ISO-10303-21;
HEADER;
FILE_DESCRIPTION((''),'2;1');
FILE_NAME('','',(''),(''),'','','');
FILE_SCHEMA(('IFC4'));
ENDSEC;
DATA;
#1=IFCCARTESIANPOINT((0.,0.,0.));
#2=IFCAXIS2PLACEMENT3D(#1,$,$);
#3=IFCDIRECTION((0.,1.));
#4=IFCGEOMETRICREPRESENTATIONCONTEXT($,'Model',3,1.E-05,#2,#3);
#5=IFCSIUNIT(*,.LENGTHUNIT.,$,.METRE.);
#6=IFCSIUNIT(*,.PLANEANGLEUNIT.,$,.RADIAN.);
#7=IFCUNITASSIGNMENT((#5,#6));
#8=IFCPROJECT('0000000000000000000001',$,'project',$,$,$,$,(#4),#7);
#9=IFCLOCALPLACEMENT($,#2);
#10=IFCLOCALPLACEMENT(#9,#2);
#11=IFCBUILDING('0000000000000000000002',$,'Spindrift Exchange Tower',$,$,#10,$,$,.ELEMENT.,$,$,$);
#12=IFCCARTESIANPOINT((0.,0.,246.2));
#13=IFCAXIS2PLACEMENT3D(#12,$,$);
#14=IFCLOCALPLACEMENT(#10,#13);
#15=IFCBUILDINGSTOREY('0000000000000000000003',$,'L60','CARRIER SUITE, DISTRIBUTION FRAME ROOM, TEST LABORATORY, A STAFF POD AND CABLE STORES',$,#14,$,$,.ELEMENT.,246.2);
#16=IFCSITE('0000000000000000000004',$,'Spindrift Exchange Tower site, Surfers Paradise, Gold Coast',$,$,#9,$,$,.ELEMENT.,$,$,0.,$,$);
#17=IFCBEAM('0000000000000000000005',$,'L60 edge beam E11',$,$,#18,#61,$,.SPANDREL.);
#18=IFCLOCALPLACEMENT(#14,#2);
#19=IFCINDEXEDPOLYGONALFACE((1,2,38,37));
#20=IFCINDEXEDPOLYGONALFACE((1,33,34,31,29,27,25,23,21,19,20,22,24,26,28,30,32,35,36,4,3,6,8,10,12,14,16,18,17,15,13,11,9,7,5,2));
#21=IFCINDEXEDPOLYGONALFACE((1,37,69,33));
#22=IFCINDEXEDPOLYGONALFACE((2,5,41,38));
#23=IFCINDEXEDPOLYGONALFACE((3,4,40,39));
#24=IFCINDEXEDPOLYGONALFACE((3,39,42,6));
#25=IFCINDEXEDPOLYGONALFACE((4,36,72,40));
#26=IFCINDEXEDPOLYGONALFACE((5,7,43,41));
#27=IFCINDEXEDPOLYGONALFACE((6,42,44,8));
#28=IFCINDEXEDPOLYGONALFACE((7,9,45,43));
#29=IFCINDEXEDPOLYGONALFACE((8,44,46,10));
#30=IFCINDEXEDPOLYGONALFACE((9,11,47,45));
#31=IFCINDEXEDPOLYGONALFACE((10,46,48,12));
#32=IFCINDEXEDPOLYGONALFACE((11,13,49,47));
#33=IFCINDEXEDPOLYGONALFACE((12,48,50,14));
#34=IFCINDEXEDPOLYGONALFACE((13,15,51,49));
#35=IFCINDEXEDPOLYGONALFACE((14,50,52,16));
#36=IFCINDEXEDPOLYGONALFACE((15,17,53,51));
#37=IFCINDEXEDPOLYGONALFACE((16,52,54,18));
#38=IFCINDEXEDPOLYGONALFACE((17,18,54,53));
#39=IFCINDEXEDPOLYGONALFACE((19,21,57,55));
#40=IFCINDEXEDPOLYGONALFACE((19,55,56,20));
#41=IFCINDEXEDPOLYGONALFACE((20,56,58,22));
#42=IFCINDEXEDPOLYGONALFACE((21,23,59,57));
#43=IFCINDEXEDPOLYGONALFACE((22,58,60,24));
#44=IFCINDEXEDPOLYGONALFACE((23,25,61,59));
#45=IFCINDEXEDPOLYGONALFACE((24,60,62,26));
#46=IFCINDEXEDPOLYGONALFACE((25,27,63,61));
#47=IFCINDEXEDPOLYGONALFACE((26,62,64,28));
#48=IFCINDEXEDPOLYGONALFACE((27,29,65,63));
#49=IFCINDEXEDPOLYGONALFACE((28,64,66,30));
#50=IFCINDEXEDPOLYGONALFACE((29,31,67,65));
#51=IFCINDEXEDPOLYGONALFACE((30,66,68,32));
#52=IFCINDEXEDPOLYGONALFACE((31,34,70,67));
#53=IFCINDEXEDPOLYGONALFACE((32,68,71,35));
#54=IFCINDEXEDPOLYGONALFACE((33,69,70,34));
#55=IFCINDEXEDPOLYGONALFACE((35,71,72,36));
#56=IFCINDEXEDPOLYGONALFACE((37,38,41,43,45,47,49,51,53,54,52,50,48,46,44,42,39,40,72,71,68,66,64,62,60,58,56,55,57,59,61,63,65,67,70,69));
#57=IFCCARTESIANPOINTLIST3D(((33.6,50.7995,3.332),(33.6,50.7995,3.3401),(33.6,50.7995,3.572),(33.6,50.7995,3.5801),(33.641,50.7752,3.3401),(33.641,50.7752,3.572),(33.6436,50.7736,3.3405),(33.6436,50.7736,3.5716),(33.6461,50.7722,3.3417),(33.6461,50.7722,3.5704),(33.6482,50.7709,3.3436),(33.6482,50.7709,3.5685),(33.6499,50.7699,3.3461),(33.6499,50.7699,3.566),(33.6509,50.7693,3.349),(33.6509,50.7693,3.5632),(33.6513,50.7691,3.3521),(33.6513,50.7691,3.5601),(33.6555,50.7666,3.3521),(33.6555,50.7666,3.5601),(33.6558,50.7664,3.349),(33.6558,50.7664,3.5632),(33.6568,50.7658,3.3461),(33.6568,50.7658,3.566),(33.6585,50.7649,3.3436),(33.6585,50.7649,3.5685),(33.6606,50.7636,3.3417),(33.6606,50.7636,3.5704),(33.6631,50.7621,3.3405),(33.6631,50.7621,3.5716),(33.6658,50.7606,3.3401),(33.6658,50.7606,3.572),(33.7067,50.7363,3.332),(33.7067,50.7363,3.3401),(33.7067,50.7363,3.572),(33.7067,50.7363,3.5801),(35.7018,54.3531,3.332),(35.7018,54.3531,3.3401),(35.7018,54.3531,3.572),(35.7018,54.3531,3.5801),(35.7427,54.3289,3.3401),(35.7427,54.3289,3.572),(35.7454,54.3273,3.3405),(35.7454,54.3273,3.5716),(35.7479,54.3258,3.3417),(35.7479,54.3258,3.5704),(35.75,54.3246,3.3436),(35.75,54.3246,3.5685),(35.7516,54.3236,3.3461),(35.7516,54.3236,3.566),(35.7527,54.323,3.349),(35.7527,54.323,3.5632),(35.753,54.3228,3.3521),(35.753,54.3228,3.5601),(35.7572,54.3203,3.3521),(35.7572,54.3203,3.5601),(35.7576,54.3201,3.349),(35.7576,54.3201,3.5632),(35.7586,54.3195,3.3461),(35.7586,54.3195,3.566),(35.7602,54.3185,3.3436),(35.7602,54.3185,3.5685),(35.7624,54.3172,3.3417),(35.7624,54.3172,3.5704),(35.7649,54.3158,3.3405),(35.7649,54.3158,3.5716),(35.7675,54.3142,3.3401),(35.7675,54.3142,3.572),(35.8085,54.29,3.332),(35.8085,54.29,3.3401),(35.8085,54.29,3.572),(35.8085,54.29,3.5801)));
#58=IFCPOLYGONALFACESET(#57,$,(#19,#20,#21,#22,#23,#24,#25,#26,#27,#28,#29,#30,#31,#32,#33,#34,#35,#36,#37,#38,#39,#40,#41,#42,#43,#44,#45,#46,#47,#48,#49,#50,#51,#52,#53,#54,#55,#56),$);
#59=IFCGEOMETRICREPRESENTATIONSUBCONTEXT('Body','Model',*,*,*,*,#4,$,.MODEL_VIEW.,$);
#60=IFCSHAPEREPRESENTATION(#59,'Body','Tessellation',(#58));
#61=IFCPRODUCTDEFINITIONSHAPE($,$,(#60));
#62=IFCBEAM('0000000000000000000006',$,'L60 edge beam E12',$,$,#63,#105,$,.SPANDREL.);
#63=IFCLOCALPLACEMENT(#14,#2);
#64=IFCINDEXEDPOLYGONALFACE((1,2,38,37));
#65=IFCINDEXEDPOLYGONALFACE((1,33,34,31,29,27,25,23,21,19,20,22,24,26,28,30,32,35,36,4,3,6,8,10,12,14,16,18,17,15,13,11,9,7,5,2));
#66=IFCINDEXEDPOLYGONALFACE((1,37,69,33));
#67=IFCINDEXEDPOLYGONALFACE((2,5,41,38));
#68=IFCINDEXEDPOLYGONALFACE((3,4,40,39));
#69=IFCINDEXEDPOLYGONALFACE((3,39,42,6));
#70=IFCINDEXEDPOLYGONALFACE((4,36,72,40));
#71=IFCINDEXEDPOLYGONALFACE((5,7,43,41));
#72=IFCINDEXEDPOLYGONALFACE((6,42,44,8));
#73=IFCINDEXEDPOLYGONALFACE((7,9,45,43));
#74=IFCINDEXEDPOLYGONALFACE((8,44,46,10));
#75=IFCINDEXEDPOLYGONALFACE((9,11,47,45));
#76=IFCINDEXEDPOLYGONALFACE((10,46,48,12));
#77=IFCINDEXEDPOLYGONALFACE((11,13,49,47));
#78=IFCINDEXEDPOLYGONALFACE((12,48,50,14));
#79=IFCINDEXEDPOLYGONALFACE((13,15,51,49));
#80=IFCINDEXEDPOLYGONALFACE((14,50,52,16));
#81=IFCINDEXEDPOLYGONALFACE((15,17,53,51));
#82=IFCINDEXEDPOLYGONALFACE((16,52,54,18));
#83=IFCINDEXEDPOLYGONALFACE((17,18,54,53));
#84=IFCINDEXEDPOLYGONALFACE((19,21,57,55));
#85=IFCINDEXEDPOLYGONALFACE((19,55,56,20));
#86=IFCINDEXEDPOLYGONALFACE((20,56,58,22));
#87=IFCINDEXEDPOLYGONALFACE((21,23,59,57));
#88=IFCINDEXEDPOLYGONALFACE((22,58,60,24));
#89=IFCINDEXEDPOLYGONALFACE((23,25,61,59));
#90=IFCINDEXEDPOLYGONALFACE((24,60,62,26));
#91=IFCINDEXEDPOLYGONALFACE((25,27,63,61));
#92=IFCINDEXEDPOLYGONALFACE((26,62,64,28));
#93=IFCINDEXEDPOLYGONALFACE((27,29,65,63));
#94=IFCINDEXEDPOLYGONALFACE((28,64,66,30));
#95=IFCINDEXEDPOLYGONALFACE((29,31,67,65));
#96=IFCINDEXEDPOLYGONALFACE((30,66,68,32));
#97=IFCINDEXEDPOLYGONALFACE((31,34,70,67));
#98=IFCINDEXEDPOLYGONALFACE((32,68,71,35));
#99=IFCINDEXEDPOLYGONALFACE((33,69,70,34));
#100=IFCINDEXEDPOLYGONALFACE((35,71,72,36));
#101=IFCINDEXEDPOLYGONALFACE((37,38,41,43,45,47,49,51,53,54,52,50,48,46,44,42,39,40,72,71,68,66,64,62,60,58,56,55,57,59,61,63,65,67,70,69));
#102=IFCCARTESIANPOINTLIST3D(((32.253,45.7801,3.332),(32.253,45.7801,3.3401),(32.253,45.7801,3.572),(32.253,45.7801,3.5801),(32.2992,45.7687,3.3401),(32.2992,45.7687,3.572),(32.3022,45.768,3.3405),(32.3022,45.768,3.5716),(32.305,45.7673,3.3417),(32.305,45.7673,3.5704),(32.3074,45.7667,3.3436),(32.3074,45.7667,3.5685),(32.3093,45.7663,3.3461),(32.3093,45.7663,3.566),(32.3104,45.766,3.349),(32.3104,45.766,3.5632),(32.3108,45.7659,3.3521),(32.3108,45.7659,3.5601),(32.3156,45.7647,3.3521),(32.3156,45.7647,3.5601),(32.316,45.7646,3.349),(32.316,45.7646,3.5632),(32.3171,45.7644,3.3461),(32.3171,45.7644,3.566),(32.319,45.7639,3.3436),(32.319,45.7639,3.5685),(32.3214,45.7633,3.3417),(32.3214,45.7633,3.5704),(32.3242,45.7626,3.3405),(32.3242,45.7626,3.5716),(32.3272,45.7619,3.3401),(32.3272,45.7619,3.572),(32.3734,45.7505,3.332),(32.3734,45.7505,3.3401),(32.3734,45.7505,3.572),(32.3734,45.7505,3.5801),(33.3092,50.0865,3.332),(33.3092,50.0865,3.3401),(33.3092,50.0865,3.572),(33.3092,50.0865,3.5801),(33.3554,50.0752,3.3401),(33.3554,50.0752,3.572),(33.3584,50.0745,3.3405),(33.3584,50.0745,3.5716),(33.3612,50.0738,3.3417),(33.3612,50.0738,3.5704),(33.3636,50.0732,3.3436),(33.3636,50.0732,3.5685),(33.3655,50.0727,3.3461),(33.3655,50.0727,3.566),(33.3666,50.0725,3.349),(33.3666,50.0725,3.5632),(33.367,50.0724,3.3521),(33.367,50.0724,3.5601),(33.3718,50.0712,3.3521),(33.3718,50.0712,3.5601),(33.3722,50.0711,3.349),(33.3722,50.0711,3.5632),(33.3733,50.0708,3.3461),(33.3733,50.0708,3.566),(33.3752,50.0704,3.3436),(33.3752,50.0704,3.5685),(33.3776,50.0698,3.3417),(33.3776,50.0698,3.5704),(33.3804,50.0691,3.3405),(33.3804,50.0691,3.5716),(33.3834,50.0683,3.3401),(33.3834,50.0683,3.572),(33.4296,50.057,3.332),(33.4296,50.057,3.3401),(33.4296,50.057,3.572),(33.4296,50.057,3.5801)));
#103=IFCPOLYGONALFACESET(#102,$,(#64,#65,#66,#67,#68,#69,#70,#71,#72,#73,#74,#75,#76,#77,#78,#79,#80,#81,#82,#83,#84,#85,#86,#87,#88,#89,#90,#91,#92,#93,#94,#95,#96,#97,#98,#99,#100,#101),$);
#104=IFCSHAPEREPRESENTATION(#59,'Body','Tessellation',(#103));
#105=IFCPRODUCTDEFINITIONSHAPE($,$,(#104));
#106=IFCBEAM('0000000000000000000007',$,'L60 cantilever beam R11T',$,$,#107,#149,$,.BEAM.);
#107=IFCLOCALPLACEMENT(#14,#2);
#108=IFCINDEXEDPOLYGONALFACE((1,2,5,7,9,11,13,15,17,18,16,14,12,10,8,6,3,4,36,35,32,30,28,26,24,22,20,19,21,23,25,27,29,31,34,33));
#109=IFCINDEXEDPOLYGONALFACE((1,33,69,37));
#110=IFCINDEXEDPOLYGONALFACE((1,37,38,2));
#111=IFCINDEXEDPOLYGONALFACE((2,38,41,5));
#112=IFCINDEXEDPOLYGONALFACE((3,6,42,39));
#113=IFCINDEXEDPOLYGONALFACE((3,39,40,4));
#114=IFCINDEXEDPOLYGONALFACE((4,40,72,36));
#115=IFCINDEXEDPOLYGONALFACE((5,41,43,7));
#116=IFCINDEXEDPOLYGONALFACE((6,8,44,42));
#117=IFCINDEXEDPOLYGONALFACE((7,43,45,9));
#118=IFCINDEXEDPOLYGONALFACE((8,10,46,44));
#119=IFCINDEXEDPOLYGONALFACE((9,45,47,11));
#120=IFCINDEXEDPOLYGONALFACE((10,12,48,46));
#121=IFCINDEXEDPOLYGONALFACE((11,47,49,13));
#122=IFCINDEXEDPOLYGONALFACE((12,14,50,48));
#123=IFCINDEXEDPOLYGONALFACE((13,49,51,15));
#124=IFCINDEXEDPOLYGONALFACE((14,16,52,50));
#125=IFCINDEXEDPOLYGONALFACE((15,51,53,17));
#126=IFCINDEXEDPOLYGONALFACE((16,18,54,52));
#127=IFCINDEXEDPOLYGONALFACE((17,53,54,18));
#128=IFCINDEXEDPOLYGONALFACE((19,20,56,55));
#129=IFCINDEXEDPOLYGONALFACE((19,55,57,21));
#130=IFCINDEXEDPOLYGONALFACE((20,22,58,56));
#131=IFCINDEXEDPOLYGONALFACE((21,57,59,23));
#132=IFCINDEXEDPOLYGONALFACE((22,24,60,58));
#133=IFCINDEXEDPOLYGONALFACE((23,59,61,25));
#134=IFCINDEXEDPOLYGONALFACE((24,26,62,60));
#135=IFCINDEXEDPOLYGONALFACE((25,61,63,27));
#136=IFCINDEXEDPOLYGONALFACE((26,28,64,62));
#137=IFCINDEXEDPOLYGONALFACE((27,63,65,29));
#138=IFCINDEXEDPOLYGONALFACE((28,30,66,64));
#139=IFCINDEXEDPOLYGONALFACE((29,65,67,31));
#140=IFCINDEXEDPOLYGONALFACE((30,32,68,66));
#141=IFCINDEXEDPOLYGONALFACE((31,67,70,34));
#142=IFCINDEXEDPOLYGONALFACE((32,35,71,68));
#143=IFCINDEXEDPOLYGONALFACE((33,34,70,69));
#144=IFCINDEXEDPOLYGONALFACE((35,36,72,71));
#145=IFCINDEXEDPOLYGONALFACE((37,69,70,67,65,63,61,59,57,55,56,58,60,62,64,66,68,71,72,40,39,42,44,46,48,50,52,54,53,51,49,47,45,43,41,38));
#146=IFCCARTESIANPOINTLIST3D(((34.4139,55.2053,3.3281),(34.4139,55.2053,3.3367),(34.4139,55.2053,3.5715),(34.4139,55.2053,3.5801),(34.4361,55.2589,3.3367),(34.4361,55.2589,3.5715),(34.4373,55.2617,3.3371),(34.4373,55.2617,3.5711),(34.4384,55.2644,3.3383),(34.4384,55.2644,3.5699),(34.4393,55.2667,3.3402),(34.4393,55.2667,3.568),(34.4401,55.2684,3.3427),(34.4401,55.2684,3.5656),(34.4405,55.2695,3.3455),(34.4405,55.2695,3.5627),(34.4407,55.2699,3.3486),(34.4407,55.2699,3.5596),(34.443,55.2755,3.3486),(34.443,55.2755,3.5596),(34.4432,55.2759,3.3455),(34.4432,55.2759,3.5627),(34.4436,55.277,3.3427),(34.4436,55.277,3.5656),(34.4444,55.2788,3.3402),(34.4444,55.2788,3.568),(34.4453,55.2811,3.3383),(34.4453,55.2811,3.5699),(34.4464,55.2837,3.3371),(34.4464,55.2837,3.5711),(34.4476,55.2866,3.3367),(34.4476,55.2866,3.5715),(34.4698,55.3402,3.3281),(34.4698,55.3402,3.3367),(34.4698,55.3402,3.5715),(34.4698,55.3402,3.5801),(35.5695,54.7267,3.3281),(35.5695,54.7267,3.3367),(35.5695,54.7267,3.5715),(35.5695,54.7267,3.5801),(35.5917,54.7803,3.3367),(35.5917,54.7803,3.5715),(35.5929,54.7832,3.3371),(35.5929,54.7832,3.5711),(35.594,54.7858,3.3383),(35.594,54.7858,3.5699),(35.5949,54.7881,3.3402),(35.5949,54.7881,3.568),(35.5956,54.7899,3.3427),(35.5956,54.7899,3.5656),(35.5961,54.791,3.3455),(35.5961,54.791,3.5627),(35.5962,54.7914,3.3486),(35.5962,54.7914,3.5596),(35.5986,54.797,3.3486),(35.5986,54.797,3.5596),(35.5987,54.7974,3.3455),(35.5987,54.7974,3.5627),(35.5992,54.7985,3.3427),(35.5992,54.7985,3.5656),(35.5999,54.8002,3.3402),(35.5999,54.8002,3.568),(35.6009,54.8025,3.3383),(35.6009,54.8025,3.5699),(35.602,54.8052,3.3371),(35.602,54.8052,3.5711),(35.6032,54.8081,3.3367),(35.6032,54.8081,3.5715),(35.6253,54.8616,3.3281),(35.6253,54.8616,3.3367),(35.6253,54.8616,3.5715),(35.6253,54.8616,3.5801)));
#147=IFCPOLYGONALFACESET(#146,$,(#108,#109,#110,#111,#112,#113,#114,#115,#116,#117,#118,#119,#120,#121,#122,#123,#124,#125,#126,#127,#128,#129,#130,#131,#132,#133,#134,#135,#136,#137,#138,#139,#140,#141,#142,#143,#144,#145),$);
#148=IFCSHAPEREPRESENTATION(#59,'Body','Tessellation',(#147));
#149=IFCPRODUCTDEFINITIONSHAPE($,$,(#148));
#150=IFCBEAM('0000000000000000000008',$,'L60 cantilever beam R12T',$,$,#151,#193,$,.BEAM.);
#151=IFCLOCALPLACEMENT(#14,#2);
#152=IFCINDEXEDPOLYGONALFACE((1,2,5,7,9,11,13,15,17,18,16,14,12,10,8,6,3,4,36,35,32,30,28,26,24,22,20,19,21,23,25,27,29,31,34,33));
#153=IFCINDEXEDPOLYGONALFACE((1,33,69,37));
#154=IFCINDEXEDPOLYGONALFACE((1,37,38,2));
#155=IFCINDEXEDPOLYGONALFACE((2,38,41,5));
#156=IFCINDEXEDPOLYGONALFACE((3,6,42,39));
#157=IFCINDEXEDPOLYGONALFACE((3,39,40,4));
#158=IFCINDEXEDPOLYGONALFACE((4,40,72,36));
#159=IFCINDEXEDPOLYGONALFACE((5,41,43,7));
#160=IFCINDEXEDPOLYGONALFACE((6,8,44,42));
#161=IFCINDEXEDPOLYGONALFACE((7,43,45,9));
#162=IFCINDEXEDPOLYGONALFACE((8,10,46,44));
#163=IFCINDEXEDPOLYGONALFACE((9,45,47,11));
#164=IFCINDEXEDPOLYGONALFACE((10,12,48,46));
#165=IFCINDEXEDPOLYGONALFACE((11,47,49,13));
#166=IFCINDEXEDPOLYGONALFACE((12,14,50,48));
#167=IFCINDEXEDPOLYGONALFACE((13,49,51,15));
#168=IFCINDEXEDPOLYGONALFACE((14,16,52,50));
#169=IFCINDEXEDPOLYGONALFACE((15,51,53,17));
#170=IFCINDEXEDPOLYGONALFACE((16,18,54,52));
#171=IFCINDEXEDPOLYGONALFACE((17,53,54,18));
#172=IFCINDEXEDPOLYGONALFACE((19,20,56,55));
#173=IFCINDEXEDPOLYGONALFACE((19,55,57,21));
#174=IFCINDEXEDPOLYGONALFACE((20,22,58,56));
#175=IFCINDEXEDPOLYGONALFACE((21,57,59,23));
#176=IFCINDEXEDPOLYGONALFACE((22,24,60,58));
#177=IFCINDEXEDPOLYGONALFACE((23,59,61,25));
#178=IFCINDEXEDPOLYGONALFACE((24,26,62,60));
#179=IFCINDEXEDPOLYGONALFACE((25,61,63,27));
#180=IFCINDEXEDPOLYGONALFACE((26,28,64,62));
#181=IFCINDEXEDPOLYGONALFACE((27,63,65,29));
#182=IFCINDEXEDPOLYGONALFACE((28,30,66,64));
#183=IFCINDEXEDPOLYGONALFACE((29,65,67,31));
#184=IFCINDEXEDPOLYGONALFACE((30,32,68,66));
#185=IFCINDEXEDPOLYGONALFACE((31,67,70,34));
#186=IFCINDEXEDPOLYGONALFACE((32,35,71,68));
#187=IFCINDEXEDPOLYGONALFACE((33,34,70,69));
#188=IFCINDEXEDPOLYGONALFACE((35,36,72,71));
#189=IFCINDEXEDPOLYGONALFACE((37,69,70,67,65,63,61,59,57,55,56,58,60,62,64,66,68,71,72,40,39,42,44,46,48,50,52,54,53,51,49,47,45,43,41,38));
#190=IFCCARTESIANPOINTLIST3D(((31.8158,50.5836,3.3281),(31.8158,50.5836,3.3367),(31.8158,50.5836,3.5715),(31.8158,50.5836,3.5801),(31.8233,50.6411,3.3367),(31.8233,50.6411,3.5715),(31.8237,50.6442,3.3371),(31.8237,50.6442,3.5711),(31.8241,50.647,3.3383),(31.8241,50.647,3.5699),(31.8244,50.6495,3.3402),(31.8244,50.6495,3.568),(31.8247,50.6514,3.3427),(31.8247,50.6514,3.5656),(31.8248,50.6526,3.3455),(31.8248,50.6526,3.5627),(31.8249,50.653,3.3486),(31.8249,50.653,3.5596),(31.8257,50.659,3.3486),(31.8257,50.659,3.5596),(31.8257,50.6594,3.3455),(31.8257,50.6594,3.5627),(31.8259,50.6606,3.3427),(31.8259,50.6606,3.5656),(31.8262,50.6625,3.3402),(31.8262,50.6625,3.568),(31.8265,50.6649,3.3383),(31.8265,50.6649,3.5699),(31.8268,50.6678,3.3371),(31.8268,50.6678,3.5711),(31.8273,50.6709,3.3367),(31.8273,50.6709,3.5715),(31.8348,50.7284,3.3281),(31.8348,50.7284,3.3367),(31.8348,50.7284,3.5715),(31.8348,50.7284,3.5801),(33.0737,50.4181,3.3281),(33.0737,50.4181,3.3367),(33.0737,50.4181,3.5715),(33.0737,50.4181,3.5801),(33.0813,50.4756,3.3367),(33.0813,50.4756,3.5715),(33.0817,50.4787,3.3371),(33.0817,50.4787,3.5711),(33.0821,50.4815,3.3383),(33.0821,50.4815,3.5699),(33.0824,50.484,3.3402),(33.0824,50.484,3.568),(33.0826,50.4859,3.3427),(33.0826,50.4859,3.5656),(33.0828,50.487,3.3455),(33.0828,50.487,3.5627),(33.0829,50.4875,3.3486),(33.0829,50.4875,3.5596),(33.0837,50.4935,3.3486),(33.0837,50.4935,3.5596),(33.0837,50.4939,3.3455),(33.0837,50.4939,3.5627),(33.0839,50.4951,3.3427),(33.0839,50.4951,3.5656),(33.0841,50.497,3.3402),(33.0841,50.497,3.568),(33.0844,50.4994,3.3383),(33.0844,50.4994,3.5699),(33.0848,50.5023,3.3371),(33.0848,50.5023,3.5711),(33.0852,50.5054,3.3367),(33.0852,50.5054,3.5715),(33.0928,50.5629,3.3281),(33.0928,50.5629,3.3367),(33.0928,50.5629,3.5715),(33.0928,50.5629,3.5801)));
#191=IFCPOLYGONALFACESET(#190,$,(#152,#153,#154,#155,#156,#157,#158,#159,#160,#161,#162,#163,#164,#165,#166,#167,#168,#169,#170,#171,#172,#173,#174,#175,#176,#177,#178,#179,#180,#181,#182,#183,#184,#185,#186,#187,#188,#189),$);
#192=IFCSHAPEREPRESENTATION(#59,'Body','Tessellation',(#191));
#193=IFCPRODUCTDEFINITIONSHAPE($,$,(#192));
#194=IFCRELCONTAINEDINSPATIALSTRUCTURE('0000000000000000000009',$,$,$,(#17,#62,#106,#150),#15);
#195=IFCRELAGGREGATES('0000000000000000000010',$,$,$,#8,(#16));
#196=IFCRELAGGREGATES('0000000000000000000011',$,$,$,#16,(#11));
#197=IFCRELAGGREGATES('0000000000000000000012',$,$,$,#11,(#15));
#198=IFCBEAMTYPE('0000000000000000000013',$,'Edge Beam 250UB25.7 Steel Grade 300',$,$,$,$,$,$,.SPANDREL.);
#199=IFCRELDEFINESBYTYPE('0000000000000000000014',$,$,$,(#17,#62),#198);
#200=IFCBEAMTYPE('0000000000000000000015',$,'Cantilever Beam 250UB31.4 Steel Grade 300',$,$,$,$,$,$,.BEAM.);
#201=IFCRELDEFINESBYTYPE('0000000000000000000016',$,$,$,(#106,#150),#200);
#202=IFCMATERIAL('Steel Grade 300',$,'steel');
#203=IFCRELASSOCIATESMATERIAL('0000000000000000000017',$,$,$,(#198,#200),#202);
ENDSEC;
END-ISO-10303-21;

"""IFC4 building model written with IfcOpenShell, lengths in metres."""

from ifc_helpers import new_model, si_unit, direction, frame, origin, origin_2d, place, context, subcontext, project, spatial, i_section, extrude, source, transform, mapped, material, material_profile, profile_set, type_object, element, save


model = new_model("IFC4")

# Units and contexts
model_context = context("Model", 3, precision=1e-05, world=origin(), true_north=direction((0.0, 1.0)))
body_context = subcontext(model_context, "Body", "Model", "MODEL_VIEW")
ifc_project = project(units=[si_unit("LENGTHUNIT", "METRE"), si_unit("PLANEANGLEUNIT", "RADIAN")], contexts=[model_context])

# Site, building, storey
site_placement = place(None, origin())
site = spatial("IfcSite", under=ifc_project, at=site_placement, Name="Spindrift Exchange Tower site, Surfers Paradise, Gold Coast", CompositionType="ELEMENT", RefElevation=0.0)
building_placement = place(site_placement, origin())
building = spatial("IfcBuilding", under=site, at=building_placement, Name="Spindrift Exchange Tower", CompositionType="ELEMENT")
storey_placement = place(building_placement, frame((0.0, 0.0, 246.2)))
storey = spatial("IfcBuildingStorey", under=building, at=storey_placement, Name="L60", Description="CARRIER SUITE, DISTRIBUTION FRAME ROOM, TEST LABORATORY, A STAFF POD AND CABLE STORES", CompositionType="ELEMENT", Elevation=246.2)

# Beams
ifc_material_1 = material(Name="Steel Grade 300", Category="steel")
ifc_material_profile_1 = material_profile(ifc_material_1, i_section(OverallWidth=0.124, OverallDepth=0.248, WebThickness=0.0049, FlangeThickness=0.0081, FilletRadius=0.012, at=origin_2d()), Name="250UB25.7")
ifc_profile_set_1 = profile_set([ifc_material_profile_1], Name="Steel Grade 300")
beam_type_1 = type_object("IfcBeamType", Name="Edge Beam 250UB25.7 Steel Grade 300", PredefinedType="SPANDREL", material=ifc_profile_set_1)
shared_shape_1 = source(origin(), body_context, "Body", "SweptSolid", [
    extrude(i_section(OverallWidth=0.124, OverallDepth=0.248, WebThickness=0.0049, FlangeThickness=0.0081, FilletRadius=0.012, at=origin_2d()), origin(), (0.0, 0.0, 1.0), 4.1287),
])
beam_1_placement = place(storey_placement, frame((35.7551, 54.3215, 3.4561), z_axis=(-0.509068, -0.860726, 0.0), x_axis=(0.860726, -0.509068, 0.0)))
element("IfcBeam", 1, at=beam_1_placement, inside=storey, type_object=beam_type_1, Name="L60 edge beam E11", PredefinedType="SPANDREL", context=body_context, shape_type="MappedRepresentation", body=[
    mapped(shared_shape_1, transform((0.0, 0.0, 0.0), scale=1.0)),
])
shared_shape_2 = source(origin(), body_context, "Body", "SweptSolid", [
    extrude(i_section(OverallWidth=0.124, OverallDepth=0.248, WebThickness=0.0049, FlangeThickness=0.0081, FilletRadius=0.012, at=origin_2d()), origin(), (0.0, 0.0, 1.0), 4.4341),
])
beam_2_placement = place(storey_placement, frame((33.3694, 50.0718, 3.4561), z_axis=(-0.238193, -0.971218, 0.0), x_axis=(0.971218, -0.238193, 0.0)))
element("IfcBeam", 2, at=beam_2_placement, inside=storey, type_object=beam_type_1, Name="L60 edge beam E12", PredefinedType="SPANDREL", context=body_context, shape_type="MappedRepresentation", body=[
    mapped(shared_shape_2, transform((0.0, 0.0, 0.0), scale=1.0)),
])
ifc_material_profile_2 = material_profile(ifc_material_1, i_section(OverallWidth=0.146, OverallDepth=0.252, WebThickness=0.0061, FlangeThickness=0.0085, FilletRadius=0.012, at=origin_2d()), Name="250UB31.4")
ifc_profile_set_2 = profile_set([ifc_material_profile_2], Name="Steel Grade 300")
beam_type_2 = type_object("IfcBeamType", Name="Cantilever Beam 250UB31.4 Steel Grade 300", PredefinedType="BEAM", material=ifc_profile_set_2)
shared_shape_3 = source(origin(), body_context, "Body", "SweptSolid", [
    extrude(i_section(OverallWidth=0.146, OverallDepth=0.252, WebThickness=0.0061, FlangeThickness=0.0085, FilletRadius=0.012, at=origin_2d()), origin(), (0.0, 0.0, 1.0), 1.2507),
])
beam_3_placement = place(storey_placement, frame((35.5974, 54.7942, 3.4541), z_axis=(-0.923912, 0.382605, 0.0), x_axis=(-0.382605, -0.923912, 0.0)))
element("IfcBeam", 3, at=beam_3_placement, inside=storey, type_object=beam_type_2, Name="L60 cantilever beam R11T", PredefinedType="BEAM", context=body_context, shape_type="MappedRepresentation", body=[
    mapped(shared_shape_3, transform((0.0, 0.0, 0.0), scale=1.0)),
])
shared_shape_4 = source(origin(), body_context, "Body", "SweptSolid", [
    extrude(i_section(OverallWidth=0.146, OverallDepth=0.252, WebThickness=0.0061, FlangeThickness=0.0085, FilletRadius=0.012, at=origin_2d()), origin(), (0.0, 0.0, 1.0), 1.2688),
])
beam_4_placement = place(storey_placement, frame((33.0833, 50.4905, 3.4541), z_axis=(-0.991455, 0.13045, 0.0), x_axis=(-0.13045, -0.991455, 0.0)))
element("IfcBeam", 4, at=beam_4_placement, inside=storey, type_object=beam_type_2, Name="L60 cantilever beam R12T", PredefinedType="BEAM", context=body_context, shape_type="MappedRepresentation", body=[
    mapped(shared_shape_4, transform((0.0, 0.0, 0.0), scale=1.0)),
])

save(model, "model.ifc")
